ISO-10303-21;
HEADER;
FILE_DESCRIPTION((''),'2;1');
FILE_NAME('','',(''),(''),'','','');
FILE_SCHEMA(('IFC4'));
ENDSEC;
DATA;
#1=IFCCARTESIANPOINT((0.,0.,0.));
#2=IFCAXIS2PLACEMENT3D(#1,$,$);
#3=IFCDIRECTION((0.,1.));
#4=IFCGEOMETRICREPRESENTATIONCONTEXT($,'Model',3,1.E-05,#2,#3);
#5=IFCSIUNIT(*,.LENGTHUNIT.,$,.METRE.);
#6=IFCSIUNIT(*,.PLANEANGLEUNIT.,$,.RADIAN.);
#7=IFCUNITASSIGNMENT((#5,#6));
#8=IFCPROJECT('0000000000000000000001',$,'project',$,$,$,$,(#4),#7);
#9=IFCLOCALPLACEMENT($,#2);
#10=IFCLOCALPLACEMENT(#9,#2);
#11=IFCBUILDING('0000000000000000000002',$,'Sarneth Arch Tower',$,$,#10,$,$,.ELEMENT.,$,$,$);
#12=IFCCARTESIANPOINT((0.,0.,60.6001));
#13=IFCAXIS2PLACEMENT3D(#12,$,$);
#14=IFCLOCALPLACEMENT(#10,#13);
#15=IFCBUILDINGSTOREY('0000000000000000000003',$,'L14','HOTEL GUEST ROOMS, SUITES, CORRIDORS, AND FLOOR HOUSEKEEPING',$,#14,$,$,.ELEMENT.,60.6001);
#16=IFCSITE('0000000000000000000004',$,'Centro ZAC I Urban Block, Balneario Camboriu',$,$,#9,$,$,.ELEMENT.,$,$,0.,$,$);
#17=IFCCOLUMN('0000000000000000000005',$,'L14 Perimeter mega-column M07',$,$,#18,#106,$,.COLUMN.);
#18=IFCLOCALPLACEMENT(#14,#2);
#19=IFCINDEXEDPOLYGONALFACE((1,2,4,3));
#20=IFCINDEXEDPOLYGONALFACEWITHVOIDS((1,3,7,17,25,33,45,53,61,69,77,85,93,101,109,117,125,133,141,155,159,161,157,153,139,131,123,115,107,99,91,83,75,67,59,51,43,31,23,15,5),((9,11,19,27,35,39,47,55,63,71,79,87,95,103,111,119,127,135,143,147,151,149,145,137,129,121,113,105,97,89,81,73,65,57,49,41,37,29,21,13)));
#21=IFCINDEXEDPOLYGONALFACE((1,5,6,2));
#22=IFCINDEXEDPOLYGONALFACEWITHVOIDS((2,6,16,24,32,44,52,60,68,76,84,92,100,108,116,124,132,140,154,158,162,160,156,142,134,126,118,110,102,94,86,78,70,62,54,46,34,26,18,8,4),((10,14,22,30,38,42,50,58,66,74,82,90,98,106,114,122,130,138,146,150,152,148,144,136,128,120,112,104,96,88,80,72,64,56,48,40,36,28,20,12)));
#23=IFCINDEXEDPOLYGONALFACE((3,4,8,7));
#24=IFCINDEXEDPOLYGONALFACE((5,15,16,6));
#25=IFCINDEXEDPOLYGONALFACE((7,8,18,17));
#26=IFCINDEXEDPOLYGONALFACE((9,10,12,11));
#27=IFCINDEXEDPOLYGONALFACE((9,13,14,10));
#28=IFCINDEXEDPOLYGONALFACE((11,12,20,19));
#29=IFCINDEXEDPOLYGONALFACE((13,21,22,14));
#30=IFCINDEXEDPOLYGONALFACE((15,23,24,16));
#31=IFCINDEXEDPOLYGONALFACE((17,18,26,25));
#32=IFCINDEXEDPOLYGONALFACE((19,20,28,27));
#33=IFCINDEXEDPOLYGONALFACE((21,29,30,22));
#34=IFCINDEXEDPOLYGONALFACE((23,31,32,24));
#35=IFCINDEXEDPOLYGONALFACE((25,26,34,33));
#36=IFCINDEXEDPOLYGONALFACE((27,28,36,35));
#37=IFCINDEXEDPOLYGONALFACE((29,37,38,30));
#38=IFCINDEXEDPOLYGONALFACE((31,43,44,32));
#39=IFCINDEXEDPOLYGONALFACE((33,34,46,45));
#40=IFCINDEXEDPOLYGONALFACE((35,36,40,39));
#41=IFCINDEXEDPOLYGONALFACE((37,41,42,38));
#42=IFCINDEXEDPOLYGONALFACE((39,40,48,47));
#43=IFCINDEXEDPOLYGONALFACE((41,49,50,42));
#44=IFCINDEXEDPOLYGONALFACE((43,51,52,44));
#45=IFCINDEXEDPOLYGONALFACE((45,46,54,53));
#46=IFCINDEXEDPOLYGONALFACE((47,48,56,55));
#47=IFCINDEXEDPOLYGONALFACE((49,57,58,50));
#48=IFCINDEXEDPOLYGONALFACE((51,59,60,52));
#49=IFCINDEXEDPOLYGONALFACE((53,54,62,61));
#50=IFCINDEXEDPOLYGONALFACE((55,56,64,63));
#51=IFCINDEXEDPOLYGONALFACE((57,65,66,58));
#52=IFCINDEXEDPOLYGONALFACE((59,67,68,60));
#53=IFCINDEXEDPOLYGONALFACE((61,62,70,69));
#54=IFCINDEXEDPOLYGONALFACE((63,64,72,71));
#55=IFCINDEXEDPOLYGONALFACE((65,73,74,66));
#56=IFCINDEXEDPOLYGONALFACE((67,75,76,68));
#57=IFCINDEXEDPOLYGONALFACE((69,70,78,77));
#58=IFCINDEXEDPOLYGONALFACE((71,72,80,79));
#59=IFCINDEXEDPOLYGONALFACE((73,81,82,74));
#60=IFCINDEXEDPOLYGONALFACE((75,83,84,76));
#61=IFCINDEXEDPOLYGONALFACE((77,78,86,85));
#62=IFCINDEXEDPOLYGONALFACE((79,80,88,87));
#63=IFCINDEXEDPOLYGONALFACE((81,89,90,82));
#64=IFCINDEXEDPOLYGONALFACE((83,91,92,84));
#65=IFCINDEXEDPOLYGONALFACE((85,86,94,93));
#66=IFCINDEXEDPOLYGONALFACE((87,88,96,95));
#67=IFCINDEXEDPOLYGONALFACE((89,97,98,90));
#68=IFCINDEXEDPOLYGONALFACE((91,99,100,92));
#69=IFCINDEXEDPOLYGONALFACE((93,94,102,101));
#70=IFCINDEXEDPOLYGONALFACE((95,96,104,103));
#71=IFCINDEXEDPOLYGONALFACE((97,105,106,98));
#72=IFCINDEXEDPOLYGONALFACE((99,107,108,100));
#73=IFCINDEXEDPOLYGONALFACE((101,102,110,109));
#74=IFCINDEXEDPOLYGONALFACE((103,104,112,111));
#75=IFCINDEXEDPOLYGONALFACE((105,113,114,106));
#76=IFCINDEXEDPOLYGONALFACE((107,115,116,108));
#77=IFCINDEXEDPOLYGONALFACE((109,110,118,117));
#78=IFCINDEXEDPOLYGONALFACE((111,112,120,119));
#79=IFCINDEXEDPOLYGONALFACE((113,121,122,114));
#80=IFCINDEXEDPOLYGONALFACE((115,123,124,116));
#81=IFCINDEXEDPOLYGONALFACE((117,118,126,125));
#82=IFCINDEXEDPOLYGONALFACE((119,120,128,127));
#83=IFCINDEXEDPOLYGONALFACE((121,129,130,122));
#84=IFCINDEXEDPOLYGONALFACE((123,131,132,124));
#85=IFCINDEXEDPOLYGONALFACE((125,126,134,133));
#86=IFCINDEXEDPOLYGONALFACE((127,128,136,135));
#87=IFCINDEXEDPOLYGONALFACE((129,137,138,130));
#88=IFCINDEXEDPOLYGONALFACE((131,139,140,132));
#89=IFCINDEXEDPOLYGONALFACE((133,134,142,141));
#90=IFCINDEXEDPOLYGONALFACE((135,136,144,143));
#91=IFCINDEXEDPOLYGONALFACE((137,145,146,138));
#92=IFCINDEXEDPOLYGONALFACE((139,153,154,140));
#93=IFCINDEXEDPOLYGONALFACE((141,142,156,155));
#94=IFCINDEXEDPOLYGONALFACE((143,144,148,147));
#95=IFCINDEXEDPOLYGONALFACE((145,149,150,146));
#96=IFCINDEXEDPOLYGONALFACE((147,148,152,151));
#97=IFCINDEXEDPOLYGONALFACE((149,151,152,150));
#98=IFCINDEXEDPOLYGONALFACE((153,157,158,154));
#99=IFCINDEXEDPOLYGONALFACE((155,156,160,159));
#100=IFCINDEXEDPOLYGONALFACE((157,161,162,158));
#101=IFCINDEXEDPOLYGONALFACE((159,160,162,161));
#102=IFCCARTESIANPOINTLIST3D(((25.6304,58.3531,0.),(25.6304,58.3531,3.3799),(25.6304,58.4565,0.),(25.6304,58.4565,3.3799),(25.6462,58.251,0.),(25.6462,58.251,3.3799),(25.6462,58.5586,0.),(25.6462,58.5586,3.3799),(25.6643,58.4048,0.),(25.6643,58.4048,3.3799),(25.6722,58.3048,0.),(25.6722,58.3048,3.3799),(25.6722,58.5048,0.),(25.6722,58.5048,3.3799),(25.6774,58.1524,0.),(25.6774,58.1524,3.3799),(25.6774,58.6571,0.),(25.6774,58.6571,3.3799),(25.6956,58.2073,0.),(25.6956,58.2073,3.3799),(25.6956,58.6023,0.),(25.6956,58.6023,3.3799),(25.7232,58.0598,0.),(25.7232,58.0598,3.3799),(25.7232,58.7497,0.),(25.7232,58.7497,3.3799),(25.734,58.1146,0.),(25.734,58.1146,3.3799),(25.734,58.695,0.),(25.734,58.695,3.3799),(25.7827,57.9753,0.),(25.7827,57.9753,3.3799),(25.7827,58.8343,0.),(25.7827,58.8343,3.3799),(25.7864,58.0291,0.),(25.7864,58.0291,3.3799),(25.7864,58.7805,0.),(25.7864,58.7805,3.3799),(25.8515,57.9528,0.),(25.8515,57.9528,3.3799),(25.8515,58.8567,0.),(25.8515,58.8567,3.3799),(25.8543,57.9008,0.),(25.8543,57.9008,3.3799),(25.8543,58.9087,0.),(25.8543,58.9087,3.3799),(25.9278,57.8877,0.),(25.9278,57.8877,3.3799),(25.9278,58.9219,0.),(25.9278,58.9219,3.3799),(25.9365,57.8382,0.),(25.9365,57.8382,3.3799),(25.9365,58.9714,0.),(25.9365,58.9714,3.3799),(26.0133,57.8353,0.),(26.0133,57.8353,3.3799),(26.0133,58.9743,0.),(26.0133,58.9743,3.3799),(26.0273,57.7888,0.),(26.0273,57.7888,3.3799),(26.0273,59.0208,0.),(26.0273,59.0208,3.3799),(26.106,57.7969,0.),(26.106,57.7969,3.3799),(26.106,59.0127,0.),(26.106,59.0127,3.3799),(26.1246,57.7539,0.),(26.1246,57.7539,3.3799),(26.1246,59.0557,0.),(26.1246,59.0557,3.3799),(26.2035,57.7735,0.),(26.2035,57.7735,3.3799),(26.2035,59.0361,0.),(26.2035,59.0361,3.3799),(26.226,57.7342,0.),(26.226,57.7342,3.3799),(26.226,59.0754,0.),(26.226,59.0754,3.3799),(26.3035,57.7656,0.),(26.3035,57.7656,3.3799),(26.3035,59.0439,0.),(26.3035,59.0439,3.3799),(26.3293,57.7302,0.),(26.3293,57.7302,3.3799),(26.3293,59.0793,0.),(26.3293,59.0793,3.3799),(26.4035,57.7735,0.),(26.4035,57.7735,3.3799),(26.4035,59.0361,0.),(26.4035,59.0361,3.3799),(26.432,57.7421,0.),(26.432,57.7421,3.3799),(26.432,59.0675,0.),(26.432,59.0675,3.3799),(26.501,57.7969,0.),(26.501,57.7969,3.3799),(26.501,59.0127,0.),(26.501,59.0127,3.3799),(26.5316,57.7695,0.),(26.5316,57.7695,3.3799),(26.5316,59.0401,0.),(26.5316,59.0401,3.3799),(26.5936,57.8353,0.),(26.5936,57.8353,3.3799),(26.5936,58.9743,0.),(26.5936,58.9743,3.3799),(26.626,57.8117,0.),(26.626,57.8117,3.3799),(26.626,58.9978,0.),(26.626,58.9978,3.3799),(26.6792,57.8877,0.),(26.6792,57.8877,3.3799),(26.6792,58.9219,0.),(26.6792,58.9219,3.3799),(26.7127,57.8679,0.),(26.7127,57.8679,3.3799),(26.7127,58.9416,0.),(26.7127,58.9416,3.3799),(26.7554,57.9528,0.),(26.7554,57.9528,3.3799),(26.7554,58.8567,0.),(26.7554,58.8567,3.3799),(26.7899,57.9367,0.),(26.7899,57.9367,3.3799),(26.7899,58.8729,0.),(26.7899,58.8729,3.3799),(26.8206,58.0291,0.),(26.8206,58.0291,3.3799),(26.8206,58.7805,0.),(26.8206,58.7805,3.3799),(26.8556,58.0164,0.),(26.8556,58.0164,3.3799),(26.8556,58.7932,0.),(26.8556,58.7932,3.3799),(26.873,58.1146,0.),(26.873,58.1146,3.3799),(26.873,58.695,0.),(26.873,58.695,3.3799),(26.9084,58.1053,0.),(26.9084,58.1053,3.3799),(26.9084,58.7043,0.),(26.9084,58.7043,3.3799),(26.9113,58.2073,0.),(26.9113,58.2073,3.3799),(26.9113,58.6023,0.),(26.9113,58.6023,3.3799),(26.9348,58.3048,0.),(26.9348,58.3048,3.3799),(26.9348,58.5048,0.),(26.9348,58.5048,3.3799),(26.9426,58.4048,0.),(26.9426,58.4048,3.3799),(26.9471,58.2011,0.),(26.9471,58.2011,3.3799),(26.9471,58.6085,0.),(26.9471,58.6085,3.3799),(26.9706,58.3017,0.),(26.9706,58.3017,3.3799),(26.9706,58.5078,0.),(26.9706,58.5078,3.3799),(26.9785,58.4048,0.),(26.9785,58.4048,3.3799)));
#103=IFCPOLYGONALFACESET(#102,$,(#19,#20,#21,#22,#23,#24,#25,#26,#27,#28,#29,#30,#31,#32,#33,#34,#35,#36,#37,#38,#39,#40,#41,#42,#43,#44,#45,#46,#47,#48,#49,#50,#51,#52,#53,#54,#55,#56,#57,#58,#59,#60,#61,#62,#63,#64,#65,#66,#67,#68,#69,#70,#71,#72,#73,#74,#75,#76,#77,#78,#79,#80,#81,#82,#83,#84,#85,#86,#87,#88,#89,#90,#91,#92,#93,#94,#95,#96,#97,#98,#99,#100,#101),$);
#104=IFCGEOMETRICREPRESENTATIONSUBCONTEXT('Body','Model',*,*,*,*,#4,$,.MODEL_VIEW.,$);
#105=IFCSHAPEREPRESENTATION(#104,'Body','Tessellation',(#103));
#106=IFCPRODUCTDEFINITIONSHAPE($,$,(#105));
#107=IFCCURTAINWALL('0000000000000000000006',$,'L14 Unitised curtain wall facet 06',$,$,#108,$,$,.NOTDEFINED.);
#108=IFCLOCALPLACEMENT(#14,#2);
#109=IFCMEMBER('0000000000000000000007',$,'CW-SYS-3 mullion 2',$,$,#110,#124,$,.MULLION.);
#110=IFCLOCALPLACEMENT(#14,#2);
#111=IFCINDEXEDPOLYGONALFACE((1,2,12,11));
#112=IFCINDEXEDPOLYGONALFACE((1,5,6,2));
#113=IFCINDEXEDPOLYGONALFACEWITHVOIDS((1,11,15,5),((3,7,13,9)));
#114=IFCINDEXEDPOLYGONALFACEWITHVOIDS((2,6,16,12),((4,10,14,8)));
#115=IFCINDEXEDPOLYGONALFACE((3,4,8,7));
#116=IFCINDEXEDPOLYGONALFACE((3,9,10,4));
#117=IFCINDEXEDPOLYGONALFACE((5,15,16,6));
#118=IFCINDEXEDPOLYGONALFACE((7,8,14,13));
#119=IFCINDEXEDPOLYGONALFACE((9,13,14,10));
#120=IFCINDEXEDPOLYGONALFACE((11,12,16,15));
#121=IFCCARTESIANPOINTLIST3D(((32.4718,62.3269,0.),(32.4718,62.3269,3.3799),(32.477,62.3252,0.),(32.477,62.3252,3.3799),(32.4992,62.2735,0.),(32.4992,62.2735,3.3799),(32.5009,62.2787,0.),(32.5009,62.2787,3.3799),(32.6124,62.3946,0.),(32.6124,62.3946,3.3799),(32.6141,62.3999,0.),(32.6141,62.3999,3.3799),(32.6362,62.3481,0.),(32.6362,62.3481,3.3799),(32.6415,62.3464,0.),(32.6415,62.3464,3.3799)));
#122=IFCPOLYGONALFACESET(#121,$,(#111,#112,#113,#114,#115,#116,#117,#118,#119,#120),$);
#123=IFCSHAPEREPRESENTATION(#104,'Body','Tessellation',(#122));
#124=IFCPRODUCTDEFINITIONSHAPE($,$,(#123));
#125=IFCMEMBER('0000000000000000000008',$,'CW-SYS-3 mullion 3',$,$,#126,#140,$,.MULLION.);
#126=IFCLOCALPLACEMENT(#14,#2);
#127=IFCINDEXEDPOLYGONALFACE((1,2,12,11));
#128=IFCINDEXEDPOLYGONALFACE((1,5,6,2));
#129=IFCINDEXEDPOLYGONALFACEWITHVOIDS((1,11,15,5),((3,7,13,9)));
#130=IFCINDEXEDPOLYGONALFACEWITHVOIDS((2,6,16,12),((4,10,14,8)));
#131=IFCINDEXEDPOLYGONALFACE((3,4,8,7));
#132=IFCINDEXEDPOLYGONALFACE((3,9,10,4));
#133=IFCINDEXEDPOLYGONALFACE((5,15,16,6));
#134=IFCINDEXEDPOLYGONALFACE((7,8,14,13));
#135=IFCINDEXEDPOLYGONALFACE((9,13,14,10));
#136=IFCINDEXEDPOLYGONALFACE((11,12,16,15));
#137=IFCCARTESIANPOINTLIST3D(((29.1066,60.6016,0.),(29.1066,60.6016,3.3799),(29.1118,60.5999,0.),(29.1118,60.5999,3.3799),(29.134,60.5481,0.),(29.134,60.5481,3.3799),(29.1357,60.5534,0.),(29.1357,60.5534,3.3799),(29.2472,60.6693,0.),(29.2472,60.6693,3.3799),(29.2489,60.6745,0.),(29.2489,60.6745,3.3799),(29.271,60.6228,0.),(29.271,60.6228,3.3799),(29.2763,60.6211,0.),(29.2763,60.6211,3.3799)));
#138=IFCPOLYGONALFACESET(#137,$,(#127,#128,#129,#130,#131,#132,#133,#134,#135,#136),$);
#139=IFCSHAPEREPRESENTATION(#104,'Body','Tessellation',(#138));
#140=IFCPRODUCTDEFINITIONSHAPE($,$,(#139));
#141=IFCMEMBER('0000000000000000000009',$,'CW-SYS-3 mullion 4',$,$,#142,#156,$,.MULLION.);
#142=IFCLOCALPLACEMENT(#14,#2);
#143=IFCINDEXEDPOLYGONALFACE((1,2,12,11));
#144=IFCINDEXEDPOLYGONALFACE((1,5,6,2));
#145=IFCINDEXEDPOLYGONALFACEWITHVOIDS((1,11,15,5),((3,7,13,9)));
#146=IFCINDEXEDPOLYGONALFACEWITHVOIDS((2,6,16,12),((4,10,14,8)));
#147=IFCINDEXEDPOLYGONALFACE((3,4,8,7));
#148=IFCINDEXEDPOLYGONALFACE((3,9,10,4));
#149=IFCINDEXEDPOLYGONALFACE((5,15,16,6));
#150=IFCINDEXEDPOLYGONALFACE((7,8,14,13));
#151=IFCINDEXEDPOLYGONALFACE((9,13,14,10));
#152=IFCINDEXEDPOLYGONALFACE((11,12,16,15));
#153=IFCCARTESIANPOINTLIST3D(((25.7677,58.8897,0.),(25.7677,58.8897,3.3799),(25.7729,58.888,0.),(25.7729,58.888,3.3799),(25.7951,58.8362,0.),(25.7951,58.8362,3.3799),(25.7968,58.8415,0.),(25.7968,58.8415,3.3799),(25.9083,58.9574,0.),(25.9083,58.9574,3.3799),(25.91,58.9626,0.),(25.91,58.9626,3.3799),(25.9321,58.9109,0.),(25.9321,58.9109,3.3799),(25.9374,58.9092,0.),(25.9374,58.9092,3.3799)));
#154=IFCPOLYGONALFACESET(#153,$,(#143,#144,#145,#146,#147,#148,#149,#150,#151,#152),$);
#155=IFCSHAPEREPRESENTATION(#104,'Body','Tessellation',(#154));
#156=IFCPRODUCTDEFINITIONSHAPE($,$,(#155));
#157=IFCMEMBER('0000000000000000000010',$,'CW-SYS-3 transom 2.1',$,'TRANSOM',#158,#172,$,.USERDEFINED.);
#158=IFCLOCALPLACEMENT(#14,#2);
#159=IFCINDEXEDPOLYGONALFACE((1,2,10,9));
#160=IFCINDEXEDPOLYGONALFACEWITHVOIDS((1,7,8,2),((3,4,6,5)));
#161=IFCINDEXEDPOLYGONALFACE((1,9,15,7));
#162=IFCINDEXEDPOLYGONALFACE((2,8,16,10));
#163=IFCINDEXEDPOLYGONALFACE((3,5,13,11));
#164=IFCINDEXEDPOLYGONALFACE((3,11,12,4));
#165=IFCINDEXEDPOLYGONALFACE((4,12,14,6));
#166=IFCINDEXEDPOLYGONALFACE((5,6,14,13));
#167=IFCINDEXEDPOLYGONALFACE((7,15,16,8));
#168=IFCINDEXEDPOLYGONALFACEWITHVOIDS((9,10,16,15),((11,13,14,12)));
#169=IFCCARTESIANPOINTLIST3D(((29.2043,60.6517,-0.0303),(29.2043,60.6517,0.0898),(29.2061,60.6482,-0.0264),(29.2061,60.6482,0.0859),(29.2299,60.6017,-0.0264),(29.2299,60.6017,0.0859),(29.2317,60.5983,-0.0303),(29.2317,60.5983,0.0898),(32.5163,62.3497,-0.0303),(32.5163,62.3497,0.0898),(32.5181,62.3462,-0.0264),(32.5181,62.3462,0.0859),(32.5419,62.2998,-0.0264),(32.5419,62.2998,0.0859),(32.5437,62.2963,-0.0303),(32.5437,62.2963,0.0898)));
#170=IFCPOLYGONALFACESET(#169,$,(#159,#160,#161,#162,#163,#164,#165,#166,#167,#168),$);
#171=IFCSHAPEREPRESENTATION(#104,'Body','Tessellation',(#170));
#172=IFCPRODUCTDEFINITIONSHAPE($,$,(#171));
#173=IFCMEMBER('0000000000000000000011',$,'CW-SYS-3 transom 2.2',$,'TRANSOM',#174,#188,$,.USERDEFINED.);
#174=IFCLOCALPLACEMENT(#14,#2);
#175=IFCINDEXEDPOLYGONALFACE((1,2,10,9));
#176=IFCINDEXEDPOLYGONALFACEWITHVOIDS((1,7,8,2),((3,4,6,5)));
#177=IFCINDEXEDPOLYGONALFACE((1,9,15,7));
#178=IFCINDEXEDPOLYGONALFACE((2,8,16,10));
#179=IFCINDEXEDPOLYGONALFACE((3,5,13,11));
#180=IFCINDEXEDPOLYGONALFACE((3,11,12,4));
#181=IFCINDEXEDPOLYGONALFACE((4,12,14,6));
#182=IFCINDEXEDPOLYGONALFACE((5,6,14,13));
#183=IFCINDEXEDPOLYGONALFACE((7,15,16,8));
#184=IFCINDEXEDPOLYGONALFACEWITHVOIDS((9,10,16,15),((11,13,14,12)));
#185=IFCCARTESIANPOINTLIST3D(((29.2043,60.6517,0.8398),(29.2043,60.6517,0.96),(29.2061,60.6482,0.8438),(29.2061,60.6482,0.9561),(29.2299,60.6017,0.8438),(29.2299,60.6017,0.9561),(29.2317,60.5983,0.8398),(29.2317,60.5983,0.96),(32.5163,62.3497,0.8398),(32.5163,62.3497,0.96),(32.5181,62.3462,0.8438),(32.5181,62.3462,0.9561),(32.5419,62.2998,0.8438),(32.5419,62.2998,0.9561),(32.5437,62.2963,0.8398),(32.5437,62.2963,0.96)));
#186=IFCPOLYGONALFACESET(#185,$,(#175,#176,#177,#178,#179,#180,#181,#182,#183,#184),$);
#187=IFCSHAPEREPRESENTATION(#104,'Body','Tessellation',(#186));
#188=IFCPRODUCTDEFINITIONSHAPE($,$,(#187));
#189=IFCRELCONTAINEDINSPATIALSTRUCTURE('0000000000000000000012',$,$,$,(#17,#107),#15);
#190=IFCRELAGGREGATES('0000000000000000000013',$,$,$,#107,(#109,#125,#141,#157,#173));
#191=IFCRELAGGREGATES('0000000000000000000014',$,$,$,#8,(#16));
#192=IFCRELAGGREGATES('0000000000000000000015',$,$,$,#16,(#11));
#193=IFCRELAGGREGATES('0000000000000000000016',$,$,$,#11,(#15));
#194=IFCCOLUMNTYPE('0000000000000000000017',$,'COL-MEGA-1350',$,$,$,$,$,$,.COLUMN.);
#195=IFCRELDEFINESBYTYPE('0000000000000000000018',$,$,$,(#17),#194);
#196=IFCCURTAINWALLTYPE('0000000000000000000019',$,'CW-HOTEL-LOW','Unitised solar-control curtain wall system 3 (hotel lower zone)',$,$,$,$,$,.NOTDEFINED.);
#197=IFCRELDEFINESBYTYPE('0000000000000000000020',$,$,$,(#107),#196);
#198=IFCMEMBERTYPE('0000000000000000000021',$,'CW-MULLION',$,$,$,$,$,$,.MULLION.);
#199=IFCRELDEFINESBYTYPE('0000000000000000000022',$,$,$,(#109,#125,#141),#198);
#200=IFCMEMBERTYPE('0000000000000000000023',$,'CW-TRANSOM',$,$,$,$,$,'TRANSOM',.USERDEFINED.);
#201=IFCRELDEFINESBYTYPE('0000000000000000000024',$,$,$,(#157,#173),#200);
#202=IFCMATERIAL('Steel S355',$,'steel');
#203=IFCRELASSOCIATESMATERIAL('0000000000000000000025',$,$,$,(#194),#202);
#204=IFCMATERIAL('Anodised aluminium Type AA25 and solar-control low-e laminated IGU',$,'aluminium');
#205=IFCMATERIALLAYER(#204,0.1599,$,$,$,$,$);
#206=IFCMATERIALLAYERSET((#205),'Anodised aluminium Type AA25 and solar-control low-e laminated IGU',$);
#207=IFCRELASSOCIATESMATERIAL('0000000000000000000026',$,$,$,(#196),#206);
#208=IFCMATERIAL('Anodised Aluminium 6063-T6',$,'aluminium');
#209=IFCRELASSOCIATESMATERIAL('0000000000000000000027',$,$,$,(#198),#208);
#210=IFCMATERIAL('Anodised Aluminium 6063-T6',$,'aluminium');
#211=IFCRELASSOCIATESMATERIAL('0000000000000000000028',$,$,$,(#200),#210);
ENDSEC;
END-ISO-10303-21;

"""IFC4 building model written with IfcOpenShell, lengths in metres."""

from ifc_helpers import new_model, si_unit, direction, frame, origin, origin_2d, place, context, subcontext, project, spatial, hollow_rectangle, hollow_circle, extrude, material, layer, layer_set, material_profile, profile_set, type_object, element, aggregate, save


model = new_model("IFC4")

# Units and contexts
model_context = context("Model", 3, precision=1e-05, world=origin(), true_north=direction((0.0, 1.0)))
body_context = subcontext(model_context, "Body", "Model", "MODEL_VIEW")
ifc_project = project(units=[si_unit("LENGTHUNIT", "METRE"), si_unit("PLANEANGLEUNIT", "RADIAN")], contexts=[model_context])

# Site, building, storey
site_placement = place(None, origin())
site = spatial("IfcSite", under=ifc_project, at=site_placement, Name="Centro ZAC I Urban Block, Balneario Camboriu", CompositionType="ELEMENT", RefElevation=0.0)
building_placement = place(site_placement, origin())
building = spatial("IfcBuilding", under=site, at=building_placement, Name="Sarneth Arch Tower", CompositionType="ELEMENT")
storey_placement = place(building_placement, frame((0.0, 0.0, 60.6001)))
storey = spatial("IfcBuildingStorey", under=building, at=storey_placement, Name="L14", Description="HOTEL GUEST ROOMS, SUITES, CORRIDORS, AND FLOOR HOUSEKEEPING", CompositionType="ELEMENT", Elevation=60.6001)

# Column
ifc_material_1 = material(Name="Steel S355", Category="steel")
ifc_material_profile_1 = material_profile(ifc_material_1, hollow_circle(Radius=0.675, WallThickness=0.0359, at=origin_2d()), Name="CHS1350x36")
ifc_profile_set_1 = profile_set([ifc_material_profile_1], Name="Steel S355")
column_type = type_object("IfcColumnType", Name="COL-MEGA-1350", PredefinedType="COLUMN", material=ifc_profile_set_1)
column_placement = place(storey_placement, frame((26.3035, 58.4048, 0.0), z_axis=(0.0, 0.0, 1.0), x_axis=(1.0, 0.0, 0.0)))
element("IfcColumn", 1, at=column_placement, inside=storey, type_object=column_type, Name="L14 Perimeter mega-column M07", PredefinedType="COLUMN", context=body_context, shape_type="SweptSolid", body=[
    extrude(hollow_circle(Radius=0.675, WallThickness=0.0359, at=origin_2d()), origin(), (0.0, 0.0, 1.0), 3.3799),
])

# Curtain wall, members
ifc_material_2 = material(Name="Anodised aluminium Type AA25 and solar-control low-e laminated IGU", Category="aluminium")
ifc_layer_1 = layer(ifc_material_2, 0.1599)
ifc_layer_set_1 = layer_set([ifc_layer_1], Name="Anodised aluminium Type AA25 and solar-control low-e laminated IGU")
curtain_wall_type = type_object("IfcCurtainWallType", Name="CW-HOTEL-LOW", Description="Unitised solar-control curtain wall system 3 (hotel lower zone)", PredefinedType="NOTDEFINED", material=ifc_layer_set_1)
curtain_wall_placement = place(storey_placement, origin())
curtain_wall = element("IfcCurtainWall", 2, at=curtain_wall_placement, inside=storey, type_object=curtain_wall_type, Name="L14 Unitised curtain wall facet 06", PredefinedType="NOTDEFINED")
ifc_material_3 = material(Name="Anodised Aluminium 6063-T6", Category="aluminium")
ifc_material_profile_2 = material_profile(ifc_material_3, hollow_rectangle(XDim=0.0601, YDim=0.1599, WallThickness=0.0039, at=origin_2d()), Name="AL-MULL-160x60x4")
ifc_profile_set_2 = profile_set([ifc_material_profile_2], Name="Anodised Aluminium 6063-T6")
member_type_1 = type_object("IfcMemberType", Name="CW-MULLION", PredefinedType="MULLION", material=ifc_profile_set_2)
member_1_placement = place(storey_placement, frame((32.5566, 62.3367, 0.0), z_axis=(0.0, 0.0, 1.0), x_axis=(0.456245, -0.889854, 0.0)))
member_1 = element("IfcMember", 3, at=member_1_placement, type_object=member_type_1, Name="CW-SYS-3 mullion 2", PredefinedType="MULLION", context=body_context, shape_type="SweptSolid", body=[
    extrude(hollow_rectangle(XDim=0.0601, YDim=0.1599, WallThickness=0.0039, at=origin_2d()), origin(), (0.0, 0.0, 1.0), 3.3799),
])
member_2_placement = place(storey_placement, frame((29.1914, 60.6113, 0.0), z_axis=(0.0, 0.0, 1.0), x_axis=(0.456245, -0.889854, 0.0)))
member_2 = element("IfcMember", 4, at=member_2_placement, type_object=member_type_1, Name="CW-SYS-3 mullion 3", PredefinedType="MULLION", context=body_context, shape_type="SweptSolid", body=[
    extrude(hollow_rectangle(XDim=0.0601, YDim=0.1599, WallThickness=0.0039, at=origin_2d()), origin(), (0.0, 0.0, 1.0), 3.3799),
])
member_3_placement = place(storey_placement, frame((25.8525, 58.8994, 0.0), z_axis=(0.0, 0.0, 1.0), x_axis=(0.456245, -0.889854, 0.0)))
member_3 = element("IfcMember", 5, at=member_3_placement, type_object=member_type_1, Name="CW-SYS-3 mullion 4", PredefinedType="MULLION", context=body_context, shape_type="SweptSolid", body=[
    extrude(hollow_rectangle(XDim=0.0601, YDim=0.1599, WallThickness=0.0039, at=origin_2d()), origin(), (0.0, 0.0, 1.0), 3.3799),
])
ifc_material_4 = material(Name="Anodised Aluminium 6063-T6", Category="aluminium")
ifc_material_profile_3 = material_profile(ifc_material_4, hollow_rectangle(XDim=0.0601, YDim=0.1201, WallThickness=0.0039, at=origin_2d()), Name="AL-TRAN-120x60x4")
ifc_profile_set_3 = profile_set([ifc_material_profile_3], Name="Anodised Aluminium 6063-T6")
member_type_2 = type_object("IfcMemberType", Name="CW-TRANSOM", ElementType="TRANSOM", PredefinedType="USERDEFINED", material=ifc_profile_set_3)
member_4_placement = place(storey_placement, frame((32.53, 62.323, 0.0298), z_axis=(-0.889869, -0.456217, 0.0), x_axis=(0.456217, -0.889869, 0.0)))
member_4 = element("IfcMember", 6, at=member_4_placement, type_object=member_type_2, Name="CW-SYS-3 transom 2.1", ObjectType="TRANSOM", PredefinedType="USERDEFINED", context=body_context, shape_type="SweptSolid", body=[
    extrude(hollow_rectangle(XDim=0.0601, YDim=0.1201, WallThickness=0.0039, at=origin_2d()), origin(), (0.0, 0.0, 1.0), 3.7219),
])
member_5_placement = place(storey_placement, frame((32.53, 62.323, 0.8999), z_axis=(-0.889869, -0.456217, 0.0), x_axis=(0.456217, -0.889869, 0.0)))
member_5 = element("IfcMember", 7, at=member_5_placement, type_object=member_type_2, Name="CW-SYS-3 transom 2.2", ObjectType="TRANSOM", PredefinedType="USERDEFINED", context=body_context, shape_type="SweptSolid", body=[
    extrude(hollow_rectangle(XDim=0.0601, YDim=0.1201, WallThickness=0.0039, at=origin_2d()), origin(), (0.0, 0.0, 1.0), 3.7219),
])

aggregate(curtain_wall, [member_1, member_2, member_3, member_4, member_5])

save(model, "model.ifc")
